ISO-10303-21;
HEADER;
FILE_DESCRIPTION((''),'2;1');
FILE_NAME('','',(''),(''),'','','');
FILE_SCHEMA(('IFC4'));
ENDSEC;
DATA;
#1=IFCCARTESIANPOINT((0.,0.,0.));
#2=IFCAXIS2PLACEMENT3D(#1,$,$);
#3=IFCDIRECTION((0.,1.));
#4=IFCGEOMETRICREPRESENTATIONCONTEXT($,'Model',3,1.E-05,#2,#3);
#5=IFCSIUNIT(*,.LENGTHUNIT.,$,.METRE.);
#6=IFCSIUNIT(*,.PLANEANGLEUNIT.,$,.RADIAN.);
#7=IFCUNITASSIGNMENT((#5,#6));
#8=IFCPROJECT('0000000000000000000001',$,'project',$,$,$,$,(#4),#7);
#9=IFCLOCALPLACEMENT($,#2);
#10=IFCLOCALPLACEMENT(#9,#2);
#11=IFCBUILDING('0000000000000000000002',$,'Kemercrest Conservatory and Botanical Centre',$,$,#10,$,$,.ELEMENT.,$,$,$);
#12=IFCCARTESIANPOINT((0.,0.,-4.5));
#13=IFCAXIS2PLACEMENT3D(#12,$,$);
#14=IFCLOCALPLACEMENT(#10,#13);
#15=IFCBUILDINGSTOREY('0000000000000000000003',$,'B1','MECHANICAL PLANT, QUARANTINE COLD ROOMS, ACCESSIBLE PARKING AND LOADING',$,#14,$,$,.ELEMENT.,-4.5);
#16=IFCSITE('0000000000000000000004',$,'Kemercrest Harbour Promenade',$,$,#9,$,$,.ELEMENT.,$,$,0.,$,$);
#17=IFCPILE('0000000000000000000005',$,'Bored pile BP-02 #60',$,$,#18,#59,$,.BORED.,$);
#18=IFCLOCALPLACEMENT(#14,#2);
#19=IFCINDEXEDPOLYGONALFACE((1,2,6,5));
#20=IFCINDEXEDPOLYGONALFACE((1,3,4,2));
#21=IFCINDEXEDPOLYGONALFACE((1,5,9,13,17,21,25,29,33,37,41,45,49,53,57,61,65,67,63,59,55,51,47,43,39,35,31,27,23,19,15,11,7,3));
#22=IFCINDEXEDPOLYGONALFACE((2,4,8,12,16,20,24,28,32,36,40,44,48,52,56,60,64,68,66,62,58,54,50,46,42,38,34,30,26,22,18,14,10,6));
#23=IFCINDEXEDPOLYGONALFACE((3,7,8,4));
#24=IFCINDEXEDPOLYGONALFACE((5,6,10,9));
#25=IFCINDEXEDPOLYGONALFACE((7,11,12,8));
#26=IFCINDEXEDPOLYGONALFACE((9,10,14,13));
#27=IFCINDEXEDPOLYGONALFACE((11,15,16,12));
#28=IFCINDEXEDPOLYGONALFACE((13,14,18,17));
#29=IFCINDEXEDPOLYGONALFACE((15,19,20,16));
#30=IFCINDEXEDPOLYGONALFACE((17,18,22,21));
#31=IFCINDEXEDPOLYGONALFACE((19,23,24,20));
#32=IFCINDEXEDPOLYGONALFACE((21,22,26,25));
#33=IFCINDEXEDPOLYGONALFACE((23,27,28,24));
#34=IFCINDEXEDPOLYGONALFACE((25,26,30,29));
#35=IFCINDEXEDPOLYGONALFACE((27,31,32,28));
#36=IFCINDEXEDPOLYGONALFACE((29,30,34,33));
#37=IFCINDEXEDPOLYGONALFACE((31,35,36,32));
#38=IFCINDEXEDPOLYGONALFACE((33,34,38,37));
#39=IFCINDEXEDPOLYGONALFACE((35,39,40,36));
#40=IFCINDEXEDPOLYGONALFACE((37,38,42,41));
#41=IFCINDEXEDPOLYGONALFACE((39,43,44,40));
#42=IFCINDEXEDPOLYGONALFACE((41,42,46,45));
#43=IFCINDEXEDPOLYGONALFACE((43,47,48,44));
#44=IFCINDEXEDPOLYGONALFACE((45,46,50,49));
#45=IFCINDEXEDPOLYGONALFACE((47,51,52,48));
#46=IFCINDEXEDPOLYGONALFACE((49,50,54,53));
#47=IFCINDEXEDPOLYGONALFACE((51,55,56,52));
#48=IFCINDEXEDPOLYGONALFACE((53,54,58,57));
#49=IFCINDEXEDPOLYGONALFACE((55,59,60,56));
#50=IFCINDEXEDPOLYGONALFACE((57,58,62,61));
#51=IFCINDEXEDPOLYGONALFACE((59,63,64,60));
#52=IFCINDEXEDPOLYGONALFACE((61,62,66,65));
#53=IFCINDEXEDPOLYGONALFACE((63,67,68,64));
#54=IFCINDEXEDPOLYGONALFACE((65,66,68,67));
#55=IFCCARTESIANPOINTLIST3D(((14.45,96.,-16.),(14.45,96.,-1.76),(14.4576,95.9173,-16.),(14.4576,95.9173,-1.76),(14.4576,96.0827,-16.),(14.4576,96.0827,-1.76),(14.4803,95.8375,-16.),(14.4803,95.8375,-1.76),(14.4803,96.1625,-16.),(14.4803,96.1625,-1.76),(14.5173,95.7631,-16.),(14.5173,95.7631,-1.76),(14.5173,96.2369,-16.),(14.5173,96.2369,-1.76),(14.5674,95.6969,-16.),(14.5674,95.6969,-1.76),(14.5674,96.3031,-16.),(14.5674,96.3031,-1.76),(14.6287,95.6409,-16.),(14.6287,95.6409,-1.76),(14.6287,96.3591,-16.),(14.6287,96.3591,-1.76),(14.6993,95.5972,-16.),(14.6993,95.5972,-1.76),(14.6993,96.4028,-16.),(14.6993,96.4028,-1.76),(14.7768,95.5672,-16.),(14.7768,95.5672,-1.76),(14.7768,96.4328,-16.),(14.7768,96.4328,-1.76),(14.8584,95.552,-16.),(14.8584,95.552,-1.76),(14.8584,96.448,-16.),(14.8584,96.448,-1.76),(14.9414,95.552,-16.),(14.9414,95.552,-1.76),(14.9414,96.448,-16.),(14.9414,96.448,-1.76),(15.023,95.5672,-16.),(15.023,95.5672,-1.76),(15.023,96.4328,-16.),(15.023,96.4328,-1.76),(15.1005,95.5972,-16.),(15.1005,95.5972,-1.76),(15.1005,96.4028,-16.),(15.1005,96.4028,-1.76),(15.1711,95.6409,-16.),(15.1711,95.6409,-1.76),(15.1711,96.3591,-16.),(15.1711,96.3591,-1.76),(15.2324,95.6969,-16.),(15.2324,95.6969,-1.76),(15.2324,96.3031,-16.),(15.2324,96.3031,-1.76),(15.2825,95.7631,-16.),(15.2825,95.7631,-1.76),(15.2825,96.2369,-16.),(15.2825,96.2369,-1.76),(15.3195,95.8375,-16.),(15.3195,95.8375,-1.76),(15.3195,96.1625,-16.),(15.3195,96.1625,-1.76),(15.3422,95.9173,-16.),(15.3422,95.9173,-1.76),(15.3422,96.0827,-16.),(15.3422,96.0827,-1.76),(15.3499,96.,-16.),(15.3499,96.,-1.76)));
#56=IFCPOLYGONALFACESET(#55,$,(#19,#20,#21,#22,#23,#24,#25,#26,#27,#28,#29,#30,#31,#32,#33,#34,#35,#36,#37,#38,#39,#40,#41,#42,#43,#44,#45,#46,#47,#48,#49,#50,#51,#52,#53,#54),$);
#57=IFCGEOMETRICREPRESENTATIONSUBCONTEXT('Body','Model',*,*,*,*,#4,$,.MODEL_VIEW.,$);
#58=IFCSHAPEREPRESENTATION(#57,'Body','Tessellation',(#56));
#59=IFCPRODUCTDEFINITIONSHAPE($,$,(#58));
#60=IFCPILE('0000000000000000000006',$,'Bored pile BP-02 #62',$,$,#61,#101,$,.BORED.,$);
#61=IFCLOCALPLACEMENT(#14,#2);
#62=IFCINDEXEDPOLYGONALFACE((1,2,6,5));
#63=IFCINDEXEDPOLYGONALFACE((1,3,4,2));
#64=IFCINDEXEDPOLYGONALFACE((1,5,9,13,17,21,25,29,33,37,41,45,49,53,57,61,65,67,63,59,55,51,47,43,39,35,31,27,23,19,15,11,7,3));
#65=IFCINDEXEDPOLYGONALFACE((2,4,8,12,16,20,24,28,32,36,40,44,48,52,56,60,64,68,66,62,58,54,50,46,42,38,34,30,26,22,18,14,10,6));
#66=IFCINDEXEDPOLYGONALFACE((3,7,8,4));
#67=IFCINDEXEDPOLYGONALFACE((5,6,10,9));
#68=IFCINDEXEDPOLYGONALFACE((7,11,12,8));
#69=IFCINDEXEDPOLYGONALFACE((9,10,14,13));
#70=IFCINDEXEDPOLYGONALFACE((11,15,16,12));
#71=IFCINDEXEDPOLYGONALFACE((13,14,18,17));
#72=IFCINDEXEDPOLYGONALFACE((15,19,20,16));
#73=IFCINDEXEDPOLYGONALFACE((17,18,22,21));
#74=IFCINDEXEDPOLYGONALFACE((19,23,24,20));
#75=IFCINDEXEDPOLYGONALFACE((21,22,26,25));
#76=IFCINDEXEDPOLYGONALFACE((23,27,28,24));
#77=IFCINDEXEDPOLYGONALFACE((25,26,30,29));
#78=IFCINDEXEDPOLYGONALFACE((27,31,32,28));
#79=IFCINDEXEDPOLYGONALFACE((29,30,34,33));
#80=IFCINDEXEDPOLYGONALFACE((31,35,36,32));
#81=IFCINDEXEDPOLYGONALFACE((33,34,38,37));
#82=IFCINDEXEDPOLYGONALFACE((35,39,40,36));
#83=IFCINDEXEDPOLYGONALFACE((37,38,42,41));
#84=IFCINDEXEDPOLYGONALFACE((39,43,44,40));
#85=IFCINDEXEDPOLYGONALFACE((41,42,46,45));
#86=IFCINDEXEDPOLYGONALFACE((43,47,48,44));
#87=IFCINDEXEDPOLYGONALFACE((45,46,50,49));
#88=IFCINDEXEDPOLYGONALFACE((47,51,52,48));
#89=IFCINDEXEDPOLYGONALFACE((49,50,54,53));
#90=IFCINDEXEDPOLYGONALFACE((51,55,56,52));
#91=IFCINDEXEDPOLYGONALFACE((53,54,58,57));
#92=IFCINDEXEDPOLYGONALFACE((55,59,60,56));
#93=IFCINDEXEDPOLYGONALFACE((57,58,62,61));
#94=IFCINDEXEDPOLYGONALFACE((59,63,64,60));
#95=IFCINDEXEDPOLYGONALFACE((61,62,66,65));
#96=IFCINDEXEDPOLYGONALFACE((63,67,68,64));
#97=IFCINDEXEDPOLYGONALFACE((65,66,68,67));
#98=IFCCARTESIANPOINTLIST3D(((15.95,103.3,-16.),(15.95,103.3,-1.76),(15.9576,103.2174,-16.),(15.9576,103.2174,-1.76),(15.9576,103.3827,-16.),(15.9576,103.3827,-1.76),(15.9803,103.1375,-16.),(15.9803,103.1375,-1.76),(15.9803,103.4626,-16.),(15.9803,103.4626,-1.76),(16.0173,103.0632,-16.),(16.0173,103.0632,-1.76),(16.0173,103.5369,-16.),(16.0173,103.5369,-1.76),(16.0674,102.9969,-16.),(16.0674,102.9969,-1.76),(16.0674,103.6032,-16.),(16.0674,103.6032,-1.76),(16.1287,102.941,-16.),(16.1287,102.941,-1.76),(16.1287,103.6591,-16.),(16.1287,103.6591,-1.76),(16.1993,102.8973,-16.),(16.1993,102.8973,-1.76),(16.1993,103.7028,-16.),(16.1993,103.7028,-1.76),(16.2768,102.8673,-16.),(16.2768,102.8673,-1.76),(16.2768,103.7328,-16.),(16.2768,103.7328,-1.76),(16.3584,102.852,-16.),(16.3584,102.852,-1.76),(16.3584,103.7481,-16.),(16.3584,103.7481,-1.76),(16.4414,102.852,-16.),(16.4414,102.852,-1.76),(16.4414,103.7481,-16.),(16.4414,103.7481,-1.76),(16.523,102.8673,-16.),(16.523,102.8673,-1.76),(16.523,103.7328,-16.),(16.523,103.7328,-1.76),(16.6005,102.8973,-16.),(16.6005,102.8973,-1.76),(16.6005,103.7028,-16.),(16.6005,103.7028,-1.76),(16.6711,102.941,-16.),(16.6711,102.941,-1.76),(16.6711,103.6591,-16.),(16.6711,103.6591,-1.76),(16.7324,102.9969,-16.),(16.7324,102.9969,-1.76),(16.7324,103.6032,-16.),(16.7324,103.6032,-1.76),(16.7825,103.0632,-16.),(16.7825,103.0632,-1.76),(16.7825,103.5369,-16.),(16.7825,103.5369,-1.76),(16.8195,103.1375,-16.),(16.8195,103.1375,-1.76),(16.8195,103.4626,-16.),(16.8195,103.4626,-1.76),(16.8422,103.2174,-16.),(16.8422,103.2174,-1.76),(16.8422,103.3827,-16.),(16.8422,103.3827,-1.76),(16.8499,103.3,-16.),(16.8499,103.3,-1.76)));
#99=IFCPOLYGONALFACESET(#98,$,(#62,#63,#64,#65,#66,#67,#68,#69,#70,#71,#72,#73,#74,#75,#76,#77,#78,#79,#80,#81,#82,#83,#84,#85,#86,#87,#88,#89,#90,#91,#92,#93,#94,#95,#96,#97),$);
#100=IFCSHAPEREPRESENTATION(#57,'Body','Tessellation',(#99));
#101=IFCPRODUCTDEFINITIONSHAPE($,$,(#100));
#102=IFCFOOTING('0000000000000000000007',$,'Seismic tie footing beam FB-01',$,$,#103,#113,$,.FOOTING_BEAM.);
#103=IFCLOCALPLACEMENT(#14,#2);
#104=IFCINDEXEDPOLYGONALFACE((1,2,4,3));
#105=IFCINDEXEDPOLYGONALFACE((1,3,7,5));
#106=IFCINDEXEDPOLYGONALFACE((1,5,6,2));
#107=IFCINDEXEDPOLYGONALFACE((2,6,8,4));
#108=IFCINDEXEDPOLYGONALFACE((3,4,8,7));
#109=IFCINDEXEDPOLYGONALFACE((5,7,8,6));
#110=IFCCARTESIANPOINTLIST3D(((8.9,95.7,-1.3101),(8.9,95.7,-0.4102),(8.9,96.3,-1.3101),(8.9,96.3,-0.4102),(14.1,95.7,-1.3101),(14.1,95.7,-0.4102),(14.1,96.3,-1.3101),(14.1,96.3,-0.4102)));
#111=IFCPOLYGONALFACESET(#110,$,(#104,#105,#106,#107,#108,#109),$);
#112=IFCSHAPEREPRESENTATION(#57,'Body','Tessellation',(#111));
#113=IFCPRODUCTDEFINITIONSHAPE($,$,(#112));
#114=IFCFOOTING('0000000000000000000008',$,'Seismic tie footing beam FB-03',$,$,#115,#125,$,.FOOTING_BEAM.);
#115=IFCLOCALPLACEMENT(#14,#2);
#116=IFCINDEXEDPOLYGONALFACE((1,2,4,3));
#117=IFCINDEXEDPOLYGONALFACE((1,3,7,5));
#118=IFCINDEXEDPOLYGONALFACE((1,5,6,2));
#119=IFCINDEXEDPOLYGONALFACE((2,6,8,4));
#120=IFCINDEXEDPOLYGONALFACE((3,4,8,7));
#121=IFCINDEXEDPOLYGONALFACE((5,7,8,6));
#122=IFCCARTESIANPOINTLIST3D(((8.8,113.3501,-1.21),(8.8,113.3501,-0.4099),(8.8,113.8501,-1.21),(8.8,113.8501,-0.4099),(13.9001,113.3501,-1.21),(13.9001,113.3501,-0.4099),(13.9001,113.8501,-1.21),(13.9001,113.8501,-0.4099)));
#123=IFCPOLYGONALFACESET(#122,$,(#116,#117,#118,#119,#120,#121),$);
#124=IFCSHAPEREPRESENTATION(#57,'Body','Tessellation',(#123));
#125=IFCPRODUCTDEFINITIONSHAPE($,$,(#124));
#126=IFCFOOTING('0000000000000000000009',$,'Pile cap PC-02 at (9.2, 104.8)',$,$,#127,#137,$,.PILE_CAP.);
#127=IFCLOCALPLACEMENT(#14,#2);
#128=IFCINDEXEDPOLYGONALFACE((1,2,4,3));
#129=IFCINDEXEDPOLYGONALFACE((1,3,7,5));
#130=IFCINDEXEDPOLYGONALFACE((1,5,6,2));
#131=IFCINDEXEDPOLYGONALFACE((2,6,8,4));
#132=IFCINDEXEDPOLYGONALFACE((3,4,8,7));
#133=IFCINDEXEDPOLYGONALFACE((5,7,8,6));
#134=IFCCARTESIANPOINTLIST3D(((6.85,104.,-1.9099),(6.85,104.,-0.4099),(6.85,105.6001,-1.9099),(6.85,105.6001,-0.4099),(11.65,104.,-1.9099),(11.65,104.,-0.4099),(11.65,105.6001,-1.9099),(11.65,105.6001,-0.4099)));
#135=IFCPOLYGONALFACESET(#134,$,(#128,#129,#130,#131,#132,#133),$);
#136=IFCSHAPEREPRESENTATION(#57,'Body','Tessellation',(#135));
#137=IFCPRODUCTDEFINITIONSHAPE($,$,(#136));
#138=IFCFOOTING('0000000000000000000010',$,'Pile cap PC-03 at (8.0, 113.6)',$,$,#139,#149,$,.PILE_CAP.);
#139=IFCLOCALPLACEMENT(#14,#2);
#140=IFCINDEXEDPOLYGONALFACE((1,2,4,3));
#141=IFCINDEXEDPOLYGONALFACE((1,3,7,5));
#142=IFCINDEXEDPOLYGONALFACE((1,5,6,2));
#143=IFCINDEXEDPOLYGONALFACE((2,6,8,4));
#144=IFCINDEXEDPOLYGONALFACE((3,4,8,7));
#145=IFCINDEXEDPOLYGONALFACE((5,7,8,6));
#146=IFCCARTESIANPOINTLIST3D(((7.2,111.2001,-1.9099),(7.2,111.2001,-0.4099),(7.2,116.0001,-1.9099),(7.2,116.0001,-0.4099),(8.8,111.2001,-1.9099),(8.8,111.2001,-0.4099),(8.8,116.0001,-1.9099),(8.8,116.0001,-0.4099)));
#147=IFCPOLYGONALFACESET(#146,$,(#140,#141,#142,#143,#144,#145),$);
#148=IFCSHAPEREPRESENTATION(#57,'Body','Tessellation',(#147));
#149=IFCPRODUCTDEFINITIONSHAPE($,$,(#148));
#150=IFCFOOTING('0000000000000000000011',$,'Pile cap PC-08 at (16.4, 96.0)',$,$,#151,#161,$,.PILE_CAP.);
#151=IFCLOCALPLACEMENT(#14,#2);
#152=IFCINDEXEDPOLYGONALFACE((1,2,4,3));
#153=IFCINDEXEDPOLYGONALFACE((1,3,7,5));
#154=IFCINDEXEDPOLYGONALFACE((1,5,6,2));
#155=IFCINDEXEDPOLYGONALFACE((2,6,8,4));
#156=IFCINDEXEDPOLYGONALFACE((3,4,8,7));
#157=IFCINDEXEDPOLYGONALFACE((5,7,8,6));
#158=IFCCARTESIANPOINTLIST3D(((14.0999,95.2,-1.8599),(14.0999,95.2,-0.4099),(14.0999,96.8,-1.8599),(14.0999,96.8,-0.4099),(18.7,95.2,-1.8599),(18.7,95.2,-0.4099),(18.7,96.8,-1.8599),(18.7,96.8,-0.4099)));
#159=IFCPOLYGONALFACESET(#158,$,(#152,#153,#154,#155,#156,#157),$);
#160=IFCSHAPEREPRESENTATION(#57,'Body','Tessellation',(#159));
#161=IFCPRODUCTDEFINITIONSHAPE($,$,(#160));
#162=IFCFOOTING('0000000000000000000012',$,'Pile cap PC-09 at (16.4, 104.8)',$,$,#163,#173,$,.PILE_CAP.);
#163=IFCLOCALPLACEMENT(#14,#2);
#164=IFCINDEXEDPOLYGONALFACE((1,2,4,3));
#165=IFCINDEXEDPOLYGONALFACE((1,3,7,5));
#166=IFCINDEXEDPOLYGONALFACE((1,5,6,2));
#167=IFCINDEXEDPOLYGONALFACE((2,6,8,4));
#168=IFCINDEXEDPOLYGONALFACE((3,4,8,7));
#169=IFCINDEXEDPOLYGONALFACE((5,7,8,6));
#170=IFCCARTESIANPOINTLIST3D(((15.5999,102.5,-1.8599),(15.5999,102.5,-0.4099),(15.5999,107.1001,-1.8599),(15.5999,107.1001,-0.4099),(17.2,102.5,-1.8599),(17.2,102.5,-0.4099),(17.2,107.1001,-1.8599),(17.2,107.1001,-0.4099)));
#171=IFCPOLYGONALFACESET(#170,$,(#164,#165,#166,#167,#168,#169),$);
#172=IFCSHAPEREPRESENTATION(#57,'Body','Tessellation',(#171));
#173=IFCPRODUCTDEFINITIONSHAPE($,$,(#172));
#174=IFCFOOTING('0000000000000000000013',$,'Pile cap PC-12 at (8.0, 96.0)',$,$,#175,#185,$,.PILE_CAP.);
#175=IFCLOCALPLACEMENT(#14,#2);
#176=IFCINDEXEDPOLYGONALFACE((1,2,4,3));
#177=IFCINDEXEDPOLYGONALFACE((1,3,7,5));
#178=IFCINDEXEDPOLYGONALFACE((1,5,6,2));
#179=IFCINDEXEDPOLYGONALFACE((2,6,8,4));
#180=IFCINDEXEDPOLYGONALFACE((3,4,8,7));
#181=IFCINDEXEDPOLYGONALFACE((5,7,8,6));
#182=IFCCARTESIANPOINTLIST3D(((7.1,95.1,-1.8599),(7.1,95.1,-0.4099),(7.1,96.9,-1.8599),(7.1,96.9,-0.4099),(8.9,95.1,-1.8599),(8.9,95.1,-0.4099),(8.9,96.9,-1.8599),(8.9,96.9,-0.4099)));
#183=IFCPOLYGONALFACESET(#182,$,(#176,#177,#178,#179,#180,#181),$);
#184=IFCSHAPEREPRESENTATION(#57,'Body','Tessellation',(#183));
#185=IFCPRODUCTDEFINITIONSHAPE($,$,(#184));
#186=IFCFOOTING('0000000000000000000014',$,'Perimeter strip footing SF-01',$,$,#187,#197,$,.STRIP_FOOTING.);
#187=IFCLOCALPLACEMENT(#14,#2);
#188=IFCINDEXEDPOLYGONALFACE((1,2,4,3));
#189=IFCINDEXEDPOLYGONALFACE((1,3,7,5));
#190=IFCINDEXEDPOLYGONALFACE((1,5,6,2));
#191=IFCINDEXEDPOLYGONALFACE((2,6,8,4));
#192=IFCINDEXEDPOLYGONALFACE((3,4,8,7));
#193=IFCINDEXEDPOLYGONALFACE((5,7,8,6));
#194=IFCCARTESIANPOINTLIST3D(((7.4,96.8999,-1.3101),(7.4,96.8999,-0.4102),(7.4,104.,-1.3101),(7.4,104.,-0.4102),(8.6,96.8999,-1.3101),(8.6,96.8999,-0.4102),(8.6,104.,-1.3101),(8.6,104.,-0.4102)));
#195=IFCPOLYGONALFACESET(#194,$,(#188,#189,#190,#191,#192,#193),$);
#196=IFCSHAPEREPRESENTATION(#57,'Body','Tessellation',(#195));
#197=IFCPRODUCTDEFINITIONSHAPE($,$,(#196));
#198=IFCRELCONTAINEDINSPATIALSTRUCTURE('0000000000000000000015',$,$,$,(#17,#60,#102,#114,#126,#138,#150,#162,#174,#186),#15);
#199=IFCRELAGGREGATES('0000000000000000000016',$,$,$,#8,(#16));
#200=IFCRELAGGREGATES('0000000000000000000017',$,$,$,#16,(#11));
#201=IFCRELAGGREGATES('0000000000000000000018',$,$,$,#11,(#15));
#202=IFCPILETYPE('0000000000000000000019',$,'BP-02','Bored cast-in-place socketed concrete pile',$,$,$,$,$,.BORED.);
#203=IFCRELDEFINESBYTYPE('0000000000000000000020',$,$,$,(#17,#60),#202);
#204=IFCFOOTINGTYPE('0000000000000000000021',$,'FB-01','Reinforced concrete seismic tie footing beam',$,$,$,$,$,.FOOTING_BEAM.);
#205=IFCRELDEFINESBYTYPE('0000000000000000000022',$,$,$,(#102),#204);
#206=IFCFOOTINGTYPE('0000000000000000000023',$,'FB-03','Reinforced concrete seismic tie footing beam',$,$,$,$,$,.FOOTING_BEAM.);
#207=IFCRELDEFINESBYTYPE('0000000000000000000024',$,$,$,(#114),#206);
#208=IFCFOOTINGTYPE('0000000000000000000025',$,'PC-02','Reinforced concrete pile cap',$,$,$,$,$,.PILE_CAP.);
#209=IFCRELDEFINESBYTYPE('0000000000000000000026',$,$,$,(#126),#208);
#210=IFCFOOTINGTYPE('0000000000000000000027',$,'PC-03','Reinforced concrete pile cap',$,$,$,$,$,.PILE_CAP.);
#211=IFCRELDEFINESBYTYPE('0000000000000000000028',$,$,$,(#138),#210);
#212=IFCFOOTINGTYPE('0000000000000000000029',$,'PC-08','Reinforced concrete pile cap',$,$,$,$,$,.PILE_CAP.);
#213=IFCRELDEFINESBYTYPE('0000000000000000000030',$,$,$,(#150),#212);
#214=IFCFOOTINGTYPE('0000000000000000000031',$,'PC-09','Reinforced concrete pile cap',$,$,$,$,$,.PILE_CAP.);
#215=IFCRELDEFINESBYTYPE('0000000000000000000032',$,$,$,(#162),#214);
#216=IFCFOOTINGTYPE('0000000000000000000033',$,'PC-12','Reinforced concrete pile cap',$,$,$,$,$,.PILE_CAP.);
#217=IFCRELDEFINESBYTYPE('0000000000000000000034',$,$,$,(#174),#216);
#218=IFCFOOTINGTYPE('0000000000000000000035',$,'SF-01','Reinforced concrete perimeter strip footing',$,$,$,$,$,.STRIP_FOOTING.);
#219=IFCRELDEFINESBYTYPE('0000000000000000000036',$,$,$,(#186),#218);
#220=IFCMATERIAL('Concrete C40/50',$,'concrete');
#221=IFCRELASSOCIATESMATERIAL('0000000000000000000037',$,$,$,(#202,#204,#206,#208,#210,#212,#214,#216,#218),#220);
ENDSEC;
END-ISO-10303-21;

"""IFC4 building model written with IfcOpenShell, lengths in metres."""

from ifc_helpers import new_model, si_unit, direction, frame, origin, origin_2d, place, context, subcontext, project, spatial, rectangle, circle, extrude, material, material_profile, profile_set, type_object, element, save


model = new_model("IFC4")

# Units and contexts
model_context = context("Model", 3, precision=1e-05, world=origin(), true_north=direction((0.0, 1.0)))
body_context = subcontext(model_context, "Body", "Model", "MODEL_VIEW")
ifc_project = project(units=[si_unit("LENGTHUNIT", "METRE"), si_unit("PLANEANGLEUNIT", "RADIAN")], contexts=[model_context])

# Site, building, storey
site_placement = place(None, origin())
site = spatial("IfcSite", under=ifc_project, at=site_placement, Name="Kemercrest Harbour Promenade", CompositionType="ELEMENT", RefElevation=0.0)
building_placement = place(site_placement, origin())
building = spatial("IfcBuilding", under=site, at=building_placement, Name="Kemercrest Conservatory and Botanical Centre", CompositionType="ELEMENT")
storey_placement = place(building_placement, frame((0.0, 0.0, -4.5)))
storey = spatial("IfcBuildingStorey", under=building, at=storey_placement, Name="B1", Description="MECHANICAL PLANT, QUARANTINE COLD ROOMS, ACCESSIBLE PARKING AND LOADING", CompositionType="ELEMENT", Elevation=-4.5)

# Piles
ifc_material_1 = material(Name="Concrete C40/50", Category="concrete")
ifc_material_profile_1 = material_profile(ifc_material_1, circle(Radius=0.45, at=origin_2d()), Name="BORED PILE 900")
ifc_profile_set_1 = profile_set([ifc_material_profile_1], Name="Concrete C40/50")
pile_type_1 = type_object("IfcPileType", Name="BP-02", Description="Bored cast-in-place socketed concrete pile", PredefinedType="BORED", material=ifc_profile_set_1)
for number, where, z_axis, x_axis, name in (
    (1, (14.8999, 96.0, -1.76), (0.0, 0.0, -1.0), (1.0, 0.0, 0.0), "Bored pile BP-02 #60"),
    (2, (16.3999, 103.3, -1.76), (0.0, 0.0, -1.0), (1.0, 0.0, 0.0), "Bored pile BP-02 #62"),
):
    element("IfcPile", number, at=place(storey_placement, frame(where, z_axis=z_axis, x_axis=x_axis)), inside=storey, type_object=pile_type_1, Name=name, PredefinedType="BORED", context=body_context, shape_type="SweptSolid", body=[
        extrude(circle(Radius=0.45, at=origin_2d()), origin(), (0.0, 0.0, 1.0), 14.24),
    ])

# Footings
footing_type_1 = type_object("IfcFootingType", Name="FB-01", Description="Reinforced concrete seismic tie footing beam", PredefinedType="FOOTING_BEAM", material=ifc_material_1)
footing_1_placement = place(storey_placement, frame((11.5, 96.0, -1.3101), z_axis=(0.0, 0.0, 1.0), x_axis=(1.0, 0.0, 0.0)))
element("IfcFooting", 3, at=footing_1_placement, inside=storey, type_object=footing_type_1, Name="Seismic tie footing beam FB-01", PredefinedType="FOOTING_BEAM", context=body_context, shape_type="SweptSolid", body=[
    extrude(rectangle(XDim=5.2, YDim=0.6001, at=origin_2d()), origin(), (0.0, 0.0, 1.0), 0.8999),
])
footing_type_2 = type_object("IfcFootingType", Name="FB-03", Description="Reinforced concrete seismic tie footing beam", PredefinedType="FOOTING_BEAM", material=ifc_material_1)
footing_2_placement = place(storey_placement, frame((11.3501, 113.6001, -1.21), z_axis=(0.0, 0.0, 1.0), x_axis=(1.0, 0.0, 0.0)))
element("IfcFooting", 4, at=footing_2_placement, inside=storey, type_object=footing_type_2, Name="Seismic tie footing beam FB-03", PredefinedType="FOOTING_BEAM", context=body_context, shape_type="SweptSolid", body=[
    extrude(rectangle(XDim=5.1001, YDim=0.5, at=origin_2d()), origin(), (0.0, 0.0, 1.0), 0.8),
])
footing_type_3 = type_object("IfcFootingType", Name="PC-02", Description="Reinforced concrete pile cap", PredefinedType="PILE_CAP", material=ifc_material_1)
footing_3_placement = place(storey_placement, frame((9.25, 104.8, -1.9099), z_axis=(0.0, 0.0, 1.0), x_axis=(1.0, 0.0, 0.0)))
element("IfcFooting", 5, at=footing_3_placement, inside=storey, type_object=footing_type_3, Name="Pile cap PC-02 at (9.2, 104.8)", PredefinedType="PILE_CAP", context=body_context, shape_type="SweptSolid", body=[
    extrude(rectangle(XDim=4.8, YDim=1.6001, at=origin_2d()), origin(), (0.0, 0.0, 1.0), 1.5),
])
footing_type_4 = type_object("IfcFootingType", Name="PC-03", Description="Reinforced concrete pile cap", PredefinedType="PILE_CAP", material=ifc_material_1)
footing_4_placement = place(storey_placement, frame((8.0, 113.6001, -1.9099), z_axis=(0.0, 0.0, 1.0), x_axis=(1.0, 0.0, 0.0)))
element("IfcFooting", 6, at=footing_4_placement, inside=storey, type_object=footing_type_4, Name="Pile cap PC-03 at (8.0, 113.6)", PredefinedType="PILE_CAP", context=body_context, shape_type="SweptSolid", body=[
    extrude(rectangle(XDim=1.6001, YDim=4.8, at=origin_2d()), origin(), (0.0, 0.0, 1.0), 1.5),
])
footing_type_5 = type_object("IfcFootingType", Name="PC-08", Description="Reinforced concrete pile cap", PredefinedType="PILE_CAP", material=ifc_material_1)
footing_5_placement = place(storey_placement, frame((16.3999, 96.0, -1.8599), z_axis=(0.0, 0.0, 1.0), x_axis=(1.0, 0.0, 0.0)))
element("IfcFooting", 7, at=footing_5_placement, inside=storey, type_object=footing_type_5, Name="Pile cap PC-08 at (16.4, 96.0)", PredefinedType="PILE_CAP", context=body_context, shape_type="SweptSolid", body=[
    extrude(rectangle(XDim=4.6001, YDim=1.6001, at=origin_2d()), origin(), (0.0, 0.0, 1.0), 1.45),
])
footing_type_6 = type_object("IfcFootingType", Name="PC-09", Description="Reinforced concrete pile cap", PredefinedType="PILE_CAP", material=ifc_material_1)
footing_6_placement = place(storey_placement, frame((16.3999, 104.8, -1.8599), z_axis=(0.0, 0.0, 1.0), x_axis=(1.0, 0.0, 0.0)))
element("IfcFooting", 8, at=footing_6_placement, inside=storey, type_object=footing_type_6, Name="Pile cap PC-09 at (16.4, 104.8)", PredefinedType="PILE_CAP", context=body_context, shape_type="SweptSolid", body=[
    extrude(rectangle(XDim=1.6001, YDim=4.6001, at=origin_2d()), origin(), (0.0, 0.0, 1.0), 1.45),
])
footing_type_7 = type_object("IfcFootingType", Name="PC-12", Description="Reinforced concrete pile cap", PredefinedType="PILE_CAP", material=ifc_material_1)
footing_7_placement = place(storey_placement, frame((8.0, 96.0, -1.8599), z_axis=(0.0, 0.0, 1.0), x_axis=(1.0, 0.0, 0.0)))
element("IfcFooting", 9, at=footing_7_placement, inside=storey, type_object=footing_type_7, Name="Pile cap PC-12 at (8.0, 96.0)", PredefinedType="PILE_CAP", context=body_context, shape_type="SweptSolid", body=[
    extrude(rectangle(XDim=1.8, YDim=1.8, at=origin_2d()), origin(), (0.0, 0.0, 1.0), 1.45),
])
footing_type_8 = type_object("IfcFootingType", Name="SF-01", Description="Reinforced concrete perimeter strip footing", PredefinedType="STRIP_FOOTING", material=ifc_material_1)
footing_8_placement = place(storey_placement, frame((8.0, 100.45, -1.3101), z_axis=(0.0, 0.0, 1.0), x_axis=(1.0, 0.0, 0.0)))
element("IfcFooting", 10, at=footing_8_placement, inside=storey, type_object=footing_type_8, Name="Perimeter strip footing SF-01", PredefinedType="STRIP_FOOTING", context=body_context, shape_type="SweptSolid", body=[
    extrude(rectangle(XDim=1.2, YDim=7.1001, at=origin_2d()), origin(), (0.0, 0.0, 1.0), 0.8999),
])

save(model, "model.ifc")
